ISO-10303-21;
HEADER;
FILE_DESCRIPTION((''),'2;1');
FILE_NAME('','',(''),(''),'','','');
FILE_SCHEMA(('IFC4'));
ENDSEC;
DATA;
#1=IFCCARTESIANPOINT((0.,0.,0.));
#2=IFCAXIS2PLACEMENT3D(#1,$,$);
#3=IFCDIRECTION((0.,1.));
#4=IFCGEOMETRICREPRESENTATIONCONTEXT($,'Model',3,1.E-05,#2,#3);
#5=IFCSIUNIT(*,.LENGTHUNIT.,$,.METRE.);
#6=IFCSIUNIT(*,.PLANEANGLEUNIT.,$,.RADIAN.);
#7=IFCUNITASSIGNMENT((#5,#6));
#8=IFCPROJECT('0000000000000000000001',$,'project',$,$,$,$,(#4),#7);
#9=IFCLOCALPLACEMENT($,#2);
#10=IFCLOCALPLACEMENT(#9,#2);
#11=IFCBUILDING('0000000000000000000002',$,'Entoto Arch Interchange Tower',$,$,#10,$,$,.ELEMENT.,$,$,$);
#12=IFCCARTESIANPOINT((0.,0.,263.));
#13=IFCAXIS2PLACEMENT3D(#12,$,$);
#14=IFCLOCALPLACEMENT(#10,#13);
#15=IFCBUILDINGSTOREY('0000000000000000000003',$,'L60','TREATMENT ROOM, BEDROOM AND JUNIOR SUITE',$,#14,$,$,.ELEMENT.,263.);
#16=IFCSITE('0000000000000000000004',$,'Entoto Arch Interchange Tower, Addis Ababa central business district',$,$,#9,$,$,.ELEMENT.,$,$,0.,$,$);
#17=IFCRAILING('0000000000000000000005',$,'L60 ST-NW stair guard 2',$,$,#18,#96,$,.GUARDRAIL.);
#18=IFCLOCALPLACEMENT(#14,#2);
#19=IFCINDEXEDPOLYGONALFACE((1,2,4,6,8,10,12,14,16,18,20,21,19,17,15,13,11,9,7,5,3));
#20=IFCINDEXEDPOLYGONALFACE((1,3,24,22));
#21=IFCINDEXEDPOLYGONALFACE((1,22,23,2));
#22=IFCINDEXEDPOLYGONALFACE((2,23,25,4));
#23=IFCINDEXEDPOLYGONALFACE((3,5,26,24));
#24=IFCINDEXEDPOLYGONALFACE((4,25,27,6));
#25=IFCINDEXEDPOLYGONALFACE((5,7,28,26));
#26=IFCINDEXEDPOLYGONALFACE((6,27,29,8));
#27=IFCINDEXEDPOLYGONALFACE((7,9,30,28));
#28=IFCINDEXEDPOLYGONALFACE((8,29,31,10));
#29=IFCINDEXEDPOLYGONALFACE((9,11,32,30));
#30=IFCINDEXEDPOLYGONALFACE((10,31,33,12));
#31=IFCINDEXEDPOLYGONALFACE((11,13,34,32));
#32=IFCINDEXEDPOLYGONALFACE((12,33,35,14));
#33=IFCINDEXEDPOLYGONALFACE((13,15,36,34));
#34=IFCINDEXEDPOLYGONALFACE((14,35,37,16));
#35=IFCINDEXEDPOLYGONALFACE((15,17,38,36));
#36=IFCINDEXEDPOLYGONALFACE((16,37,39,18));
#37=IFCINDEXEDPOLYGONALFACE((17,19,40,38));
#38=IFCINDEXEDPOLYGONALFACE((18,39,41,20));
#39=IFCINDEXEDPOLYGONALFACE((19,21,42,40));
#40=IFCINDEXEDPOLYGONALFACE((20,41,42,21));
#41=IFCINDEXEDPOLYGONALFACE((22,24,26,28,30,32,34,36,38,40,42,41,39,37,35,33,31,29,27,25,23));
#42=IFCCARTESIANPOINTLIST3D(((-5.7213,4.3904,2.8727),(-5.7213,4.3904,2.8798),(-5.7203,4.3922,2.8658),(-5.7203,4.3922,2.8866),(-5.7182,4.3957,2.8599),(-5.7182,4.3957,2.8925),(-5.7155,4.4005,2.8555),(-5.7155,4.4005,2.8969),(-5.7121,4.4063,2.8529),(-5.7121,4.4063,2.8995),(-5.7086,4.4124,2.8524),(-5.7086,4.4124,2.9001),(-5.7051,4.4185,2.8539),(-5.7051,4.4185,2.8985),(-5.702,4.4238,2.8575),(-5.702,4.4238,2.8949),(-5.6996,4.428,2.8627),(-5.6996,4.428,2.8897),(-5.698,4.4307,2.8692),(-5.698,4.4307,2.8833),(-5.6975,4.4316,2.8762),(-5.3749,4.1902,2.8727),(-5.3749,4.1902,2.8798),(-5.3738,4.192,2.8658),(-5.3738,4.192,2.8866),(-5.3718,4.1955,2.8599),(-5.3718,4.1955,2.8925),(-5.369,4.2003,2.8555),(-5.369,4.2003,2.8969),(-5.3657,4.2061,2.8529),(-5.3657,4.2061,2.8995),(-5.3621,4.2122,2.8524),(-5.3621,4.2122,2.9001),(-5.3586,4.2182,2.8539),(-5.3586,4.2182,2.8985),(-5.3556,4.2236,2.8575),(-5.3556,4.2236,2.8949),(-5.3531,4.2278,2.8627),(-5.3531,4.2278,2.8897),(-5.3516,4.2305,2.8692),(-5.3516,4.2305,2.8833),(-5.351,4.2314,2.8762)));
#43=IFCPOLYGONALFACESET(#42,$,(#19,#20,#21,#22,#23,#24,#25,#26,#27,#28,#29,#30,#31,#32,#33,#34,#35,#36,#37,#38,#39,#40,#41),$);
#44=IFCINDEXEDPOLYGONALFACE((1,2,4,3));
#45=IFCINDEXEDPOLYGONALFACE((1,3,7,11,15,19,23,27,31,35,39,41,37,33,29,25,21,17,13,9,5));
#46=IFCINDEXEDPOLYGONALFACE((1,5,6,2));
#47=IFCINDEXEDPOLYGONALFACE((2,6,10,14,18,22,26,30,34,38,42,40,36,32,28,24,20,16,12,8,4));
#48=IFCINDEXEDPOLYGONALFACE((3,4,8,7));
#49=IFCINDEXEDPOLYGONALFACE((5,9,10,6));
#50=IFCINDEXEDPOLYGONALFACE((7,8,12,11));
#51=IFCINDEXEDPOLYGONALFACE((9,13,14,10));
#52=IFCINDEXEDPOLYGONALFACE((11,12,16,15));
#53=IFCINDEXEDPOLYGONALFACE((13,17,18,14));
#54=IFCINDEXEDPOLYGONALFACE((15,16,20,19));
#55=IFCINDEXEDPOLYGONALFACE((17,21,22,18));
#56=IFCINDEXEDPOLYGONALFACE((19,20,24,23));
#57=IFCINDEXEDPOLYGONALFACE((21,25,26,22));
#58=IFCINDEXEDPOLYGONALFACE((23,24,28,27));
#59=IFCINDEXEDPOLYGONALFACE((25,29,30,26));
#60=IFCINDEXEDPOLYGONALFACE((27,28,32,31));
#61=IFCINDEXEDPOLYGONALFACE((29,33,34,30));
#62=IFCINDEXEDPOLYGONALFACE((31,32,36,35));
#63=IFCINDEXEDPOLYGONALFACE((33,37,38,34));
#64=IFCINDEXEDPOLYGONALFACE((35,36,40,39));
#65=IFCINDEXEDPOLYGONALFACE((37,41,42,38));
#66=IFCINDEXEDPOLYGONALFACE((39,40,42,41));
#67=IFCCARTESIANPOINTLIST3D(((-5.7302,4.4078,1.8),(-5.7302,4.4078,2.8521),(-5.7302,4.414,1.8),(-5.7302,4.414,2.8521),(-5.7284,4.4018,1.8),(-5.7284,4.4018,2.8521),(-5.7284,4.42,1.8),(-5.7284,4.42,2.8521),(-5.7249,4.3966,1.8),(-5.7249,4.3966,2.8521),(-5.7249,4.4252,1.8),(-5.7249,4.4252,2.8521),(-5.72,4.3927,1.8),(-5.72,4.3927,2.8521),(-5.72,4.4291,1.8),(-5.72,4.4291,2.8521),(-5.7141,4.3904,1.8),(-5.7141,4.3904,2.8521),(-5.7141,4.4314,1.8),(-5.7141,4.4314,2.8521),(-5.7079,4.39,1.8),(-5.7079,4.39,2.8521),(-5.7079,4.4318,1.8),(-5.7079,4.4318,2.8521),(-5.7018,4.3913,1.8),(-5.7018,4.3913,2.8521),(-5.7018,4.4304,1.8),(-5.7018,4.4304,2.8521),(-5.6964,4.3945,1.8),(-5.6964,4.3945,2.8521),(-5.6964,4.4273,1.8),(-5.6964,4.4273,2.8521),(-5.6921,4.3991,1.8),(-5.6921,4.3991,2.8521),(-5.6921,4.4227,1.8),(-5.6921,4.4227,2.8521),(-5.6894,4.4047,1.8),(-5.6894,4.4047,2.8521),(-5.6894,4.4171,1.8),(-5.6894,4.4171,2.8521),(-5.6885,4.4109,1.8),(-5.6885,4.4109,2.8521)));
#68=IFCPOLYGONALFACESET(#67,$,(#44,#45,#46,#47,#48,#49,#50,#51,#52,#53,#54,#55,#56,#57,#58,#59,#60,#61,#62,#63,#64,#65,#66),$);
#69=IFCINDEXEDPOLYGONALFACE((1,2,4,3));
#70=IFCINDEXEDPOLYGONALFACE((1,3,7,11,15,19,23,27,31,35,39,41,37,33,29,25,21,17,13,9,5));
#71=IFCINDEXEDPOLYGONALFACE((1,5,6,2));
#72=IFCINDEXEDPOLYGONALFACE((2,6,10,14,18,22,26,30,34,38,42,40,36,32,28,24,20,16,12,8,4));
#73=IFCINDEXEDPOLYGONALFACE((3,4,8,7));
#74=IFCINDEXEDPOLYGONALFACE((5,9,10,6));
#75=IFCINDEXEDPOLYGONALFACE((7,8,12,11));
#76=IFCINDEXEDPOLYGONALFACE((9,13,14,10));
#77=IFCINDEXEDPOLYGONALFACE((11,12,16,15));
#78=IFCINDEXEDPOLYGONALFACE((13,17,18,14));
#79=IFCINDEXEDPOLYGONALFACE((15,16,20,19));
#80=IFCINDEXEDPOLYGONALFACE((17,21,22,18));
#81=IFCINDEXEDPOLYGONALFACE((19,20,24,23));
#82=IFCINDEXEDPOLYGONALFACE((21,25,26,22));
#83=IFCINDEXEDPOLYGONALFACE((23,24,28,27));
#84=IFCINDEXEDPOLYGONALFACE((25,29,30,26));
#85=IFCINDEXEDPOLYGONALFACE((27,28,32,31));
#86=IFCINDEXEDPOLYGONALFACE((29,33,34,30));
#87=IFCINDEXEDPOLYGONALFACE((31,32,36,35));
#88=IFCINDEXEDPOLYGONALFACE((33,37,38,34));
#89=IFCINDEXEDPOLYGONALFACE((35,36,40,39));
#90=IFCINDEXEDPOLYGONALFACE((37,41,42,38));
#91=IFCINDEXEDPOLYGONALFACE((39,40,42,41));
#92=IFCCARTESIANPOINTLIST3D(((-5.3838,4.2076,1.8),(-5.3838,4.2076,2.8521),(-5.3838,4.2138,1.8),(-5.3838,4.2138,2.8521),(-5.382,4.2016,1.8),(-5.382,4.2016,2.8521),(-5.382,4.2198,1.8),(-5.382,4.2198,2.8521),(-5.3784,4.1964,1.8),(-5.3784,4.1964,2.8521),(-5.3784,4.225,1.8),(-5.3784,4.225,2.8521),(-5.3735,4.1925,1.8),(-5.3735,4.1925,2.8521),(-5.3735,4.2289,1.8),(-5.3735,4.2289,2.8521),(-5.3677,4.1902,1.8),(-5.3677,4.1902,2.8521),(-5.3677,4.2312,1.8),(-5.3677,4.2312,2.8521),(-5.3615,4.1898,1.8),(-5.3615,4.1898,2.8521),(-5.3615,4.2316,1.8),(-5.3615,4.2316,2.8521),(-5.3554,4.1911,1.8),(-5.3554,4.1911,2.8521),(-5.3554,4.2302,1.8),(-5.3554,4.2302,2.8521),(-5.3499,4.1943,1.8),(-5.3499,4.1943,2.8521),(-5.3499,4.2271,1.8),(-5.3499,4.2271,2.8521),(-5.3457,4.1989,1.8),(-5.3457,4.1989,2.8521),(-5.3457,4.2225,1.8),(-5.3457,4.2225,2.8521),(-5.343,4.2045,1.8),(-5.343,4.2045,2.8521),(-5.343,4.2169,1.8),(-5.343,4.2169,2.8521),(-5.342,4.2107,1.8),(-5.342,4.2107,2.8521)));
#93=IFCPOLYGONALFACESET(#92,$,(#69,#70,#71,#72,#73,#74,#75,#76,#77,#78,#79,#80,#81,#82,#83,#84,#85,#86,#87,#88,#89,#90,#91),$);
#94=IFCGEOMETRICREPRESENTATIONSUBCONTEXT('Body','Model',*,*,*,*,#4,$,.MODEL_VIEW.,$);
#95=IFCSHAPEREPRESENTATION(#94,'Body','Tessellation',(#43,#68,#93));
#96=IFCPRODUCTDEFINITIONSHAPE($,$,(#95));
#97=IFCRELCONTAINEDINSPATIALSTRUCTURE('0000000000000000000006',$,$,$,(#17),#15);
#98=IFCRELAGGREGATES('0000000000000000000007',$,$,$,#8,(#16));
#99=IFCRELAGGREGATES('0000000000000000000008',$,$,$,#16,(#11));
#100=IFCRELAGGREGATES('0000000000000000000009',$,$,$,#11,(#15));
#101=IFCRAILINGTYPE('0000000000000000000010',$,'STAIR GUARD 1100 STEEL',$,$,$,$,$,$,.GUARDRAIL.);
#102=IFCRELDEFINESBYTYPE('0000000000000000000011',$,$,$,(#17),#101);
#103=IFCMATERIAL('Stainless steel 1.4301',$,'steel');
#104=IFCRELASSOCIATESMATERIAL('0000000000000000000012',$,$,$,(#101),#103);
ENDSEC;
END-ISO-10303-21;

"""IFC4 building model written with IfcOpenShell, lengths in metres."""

from ifc_helpers import new_model, si_unit, direction, frame, origin, origin_2d, place, context, subcontext, project, spatial, circle, extrude, material, type_object, element, save


model = new_model("IFC4")

# Units and contexts
model_context = context("Model", 3, precision=1e-05, world=origin(), true_north=direction((0.0, 1.0)))
body_context = subcontext(model_context, "Body", "Model", "MODEL_VIEW")
ifc_project = project(units=[si_unit("LENGTHUNIT", "METRE"), si_unit("PLANEANGLEUNIT", "RADIAN")], contexts=[model_context])

# Site, building, storey
site_placement = place(None, origin())
site = spatial("IfcSite", under=ifc_project, at=site_placement, Name="Entoto Arch Interchange Tower, Addis Ababa central business district", CompositionType="ELEMENT", RefElevation=0.0)
building_placement = place(site_placement, origin())
building = spatial("IfcBuilding", under=site, at=building_placement, Name="Entoto Arch Interchange Tower", CompositionType="ELEMENT")
storey_placement = place(building_placement, frame((0.0, 0.0, 263.0)))
storey = spatial("IfcBuildingStorey", under=building, at=storey_placement, Name="L60", Description="TREATMENT ROOM, BEDROOM AND JUNIOR SUITE", CompositionType="ELEMENT", Elevation=263.0)

# Railing
ifc_material_1 = material(Name="Stainless steel 1.4301", Category="steel")
railing_type_1 = type_object("IfcRailingType", Name="STAIR GUARD 1100 STEEL", PredefinedType="GUARDRAIL", material=ifc_material_1)
railing_1_placement = place(storey_placement, frame((-5.7095, 4.4109, 1.8)))
element("IfcRailing", 1, at=railing_1_placement, inside=storey, type_object=railing_type_1, Name="L60 ST-NW stair guard 2", PredefinedType="GUARDRAIL", context=body_context, shape_type="SweptSolid", body=[
    extrude(circle(Radius=0.0239, at=origin_2d()), frame((0.0, 0.0, 1.0762), z_axis=(0.86583, -0.500339, 0.0), x_axis=(0.500339, 0.86583, 0.0)), (0.0, 0.0, 1.0), 0.4001),
    extrude(circle(Radius=0.021, at=origin_2d()), origin(), (0.0, 0.0, 1.0), 1.052),
    extrude(circle(Radius=0.021, at=origin_2d()), frame((0.3464, -0.2002, 0.0)), (0.0, 0.0, 1.0), 1.052),
])

save(model, "model.ifc")
